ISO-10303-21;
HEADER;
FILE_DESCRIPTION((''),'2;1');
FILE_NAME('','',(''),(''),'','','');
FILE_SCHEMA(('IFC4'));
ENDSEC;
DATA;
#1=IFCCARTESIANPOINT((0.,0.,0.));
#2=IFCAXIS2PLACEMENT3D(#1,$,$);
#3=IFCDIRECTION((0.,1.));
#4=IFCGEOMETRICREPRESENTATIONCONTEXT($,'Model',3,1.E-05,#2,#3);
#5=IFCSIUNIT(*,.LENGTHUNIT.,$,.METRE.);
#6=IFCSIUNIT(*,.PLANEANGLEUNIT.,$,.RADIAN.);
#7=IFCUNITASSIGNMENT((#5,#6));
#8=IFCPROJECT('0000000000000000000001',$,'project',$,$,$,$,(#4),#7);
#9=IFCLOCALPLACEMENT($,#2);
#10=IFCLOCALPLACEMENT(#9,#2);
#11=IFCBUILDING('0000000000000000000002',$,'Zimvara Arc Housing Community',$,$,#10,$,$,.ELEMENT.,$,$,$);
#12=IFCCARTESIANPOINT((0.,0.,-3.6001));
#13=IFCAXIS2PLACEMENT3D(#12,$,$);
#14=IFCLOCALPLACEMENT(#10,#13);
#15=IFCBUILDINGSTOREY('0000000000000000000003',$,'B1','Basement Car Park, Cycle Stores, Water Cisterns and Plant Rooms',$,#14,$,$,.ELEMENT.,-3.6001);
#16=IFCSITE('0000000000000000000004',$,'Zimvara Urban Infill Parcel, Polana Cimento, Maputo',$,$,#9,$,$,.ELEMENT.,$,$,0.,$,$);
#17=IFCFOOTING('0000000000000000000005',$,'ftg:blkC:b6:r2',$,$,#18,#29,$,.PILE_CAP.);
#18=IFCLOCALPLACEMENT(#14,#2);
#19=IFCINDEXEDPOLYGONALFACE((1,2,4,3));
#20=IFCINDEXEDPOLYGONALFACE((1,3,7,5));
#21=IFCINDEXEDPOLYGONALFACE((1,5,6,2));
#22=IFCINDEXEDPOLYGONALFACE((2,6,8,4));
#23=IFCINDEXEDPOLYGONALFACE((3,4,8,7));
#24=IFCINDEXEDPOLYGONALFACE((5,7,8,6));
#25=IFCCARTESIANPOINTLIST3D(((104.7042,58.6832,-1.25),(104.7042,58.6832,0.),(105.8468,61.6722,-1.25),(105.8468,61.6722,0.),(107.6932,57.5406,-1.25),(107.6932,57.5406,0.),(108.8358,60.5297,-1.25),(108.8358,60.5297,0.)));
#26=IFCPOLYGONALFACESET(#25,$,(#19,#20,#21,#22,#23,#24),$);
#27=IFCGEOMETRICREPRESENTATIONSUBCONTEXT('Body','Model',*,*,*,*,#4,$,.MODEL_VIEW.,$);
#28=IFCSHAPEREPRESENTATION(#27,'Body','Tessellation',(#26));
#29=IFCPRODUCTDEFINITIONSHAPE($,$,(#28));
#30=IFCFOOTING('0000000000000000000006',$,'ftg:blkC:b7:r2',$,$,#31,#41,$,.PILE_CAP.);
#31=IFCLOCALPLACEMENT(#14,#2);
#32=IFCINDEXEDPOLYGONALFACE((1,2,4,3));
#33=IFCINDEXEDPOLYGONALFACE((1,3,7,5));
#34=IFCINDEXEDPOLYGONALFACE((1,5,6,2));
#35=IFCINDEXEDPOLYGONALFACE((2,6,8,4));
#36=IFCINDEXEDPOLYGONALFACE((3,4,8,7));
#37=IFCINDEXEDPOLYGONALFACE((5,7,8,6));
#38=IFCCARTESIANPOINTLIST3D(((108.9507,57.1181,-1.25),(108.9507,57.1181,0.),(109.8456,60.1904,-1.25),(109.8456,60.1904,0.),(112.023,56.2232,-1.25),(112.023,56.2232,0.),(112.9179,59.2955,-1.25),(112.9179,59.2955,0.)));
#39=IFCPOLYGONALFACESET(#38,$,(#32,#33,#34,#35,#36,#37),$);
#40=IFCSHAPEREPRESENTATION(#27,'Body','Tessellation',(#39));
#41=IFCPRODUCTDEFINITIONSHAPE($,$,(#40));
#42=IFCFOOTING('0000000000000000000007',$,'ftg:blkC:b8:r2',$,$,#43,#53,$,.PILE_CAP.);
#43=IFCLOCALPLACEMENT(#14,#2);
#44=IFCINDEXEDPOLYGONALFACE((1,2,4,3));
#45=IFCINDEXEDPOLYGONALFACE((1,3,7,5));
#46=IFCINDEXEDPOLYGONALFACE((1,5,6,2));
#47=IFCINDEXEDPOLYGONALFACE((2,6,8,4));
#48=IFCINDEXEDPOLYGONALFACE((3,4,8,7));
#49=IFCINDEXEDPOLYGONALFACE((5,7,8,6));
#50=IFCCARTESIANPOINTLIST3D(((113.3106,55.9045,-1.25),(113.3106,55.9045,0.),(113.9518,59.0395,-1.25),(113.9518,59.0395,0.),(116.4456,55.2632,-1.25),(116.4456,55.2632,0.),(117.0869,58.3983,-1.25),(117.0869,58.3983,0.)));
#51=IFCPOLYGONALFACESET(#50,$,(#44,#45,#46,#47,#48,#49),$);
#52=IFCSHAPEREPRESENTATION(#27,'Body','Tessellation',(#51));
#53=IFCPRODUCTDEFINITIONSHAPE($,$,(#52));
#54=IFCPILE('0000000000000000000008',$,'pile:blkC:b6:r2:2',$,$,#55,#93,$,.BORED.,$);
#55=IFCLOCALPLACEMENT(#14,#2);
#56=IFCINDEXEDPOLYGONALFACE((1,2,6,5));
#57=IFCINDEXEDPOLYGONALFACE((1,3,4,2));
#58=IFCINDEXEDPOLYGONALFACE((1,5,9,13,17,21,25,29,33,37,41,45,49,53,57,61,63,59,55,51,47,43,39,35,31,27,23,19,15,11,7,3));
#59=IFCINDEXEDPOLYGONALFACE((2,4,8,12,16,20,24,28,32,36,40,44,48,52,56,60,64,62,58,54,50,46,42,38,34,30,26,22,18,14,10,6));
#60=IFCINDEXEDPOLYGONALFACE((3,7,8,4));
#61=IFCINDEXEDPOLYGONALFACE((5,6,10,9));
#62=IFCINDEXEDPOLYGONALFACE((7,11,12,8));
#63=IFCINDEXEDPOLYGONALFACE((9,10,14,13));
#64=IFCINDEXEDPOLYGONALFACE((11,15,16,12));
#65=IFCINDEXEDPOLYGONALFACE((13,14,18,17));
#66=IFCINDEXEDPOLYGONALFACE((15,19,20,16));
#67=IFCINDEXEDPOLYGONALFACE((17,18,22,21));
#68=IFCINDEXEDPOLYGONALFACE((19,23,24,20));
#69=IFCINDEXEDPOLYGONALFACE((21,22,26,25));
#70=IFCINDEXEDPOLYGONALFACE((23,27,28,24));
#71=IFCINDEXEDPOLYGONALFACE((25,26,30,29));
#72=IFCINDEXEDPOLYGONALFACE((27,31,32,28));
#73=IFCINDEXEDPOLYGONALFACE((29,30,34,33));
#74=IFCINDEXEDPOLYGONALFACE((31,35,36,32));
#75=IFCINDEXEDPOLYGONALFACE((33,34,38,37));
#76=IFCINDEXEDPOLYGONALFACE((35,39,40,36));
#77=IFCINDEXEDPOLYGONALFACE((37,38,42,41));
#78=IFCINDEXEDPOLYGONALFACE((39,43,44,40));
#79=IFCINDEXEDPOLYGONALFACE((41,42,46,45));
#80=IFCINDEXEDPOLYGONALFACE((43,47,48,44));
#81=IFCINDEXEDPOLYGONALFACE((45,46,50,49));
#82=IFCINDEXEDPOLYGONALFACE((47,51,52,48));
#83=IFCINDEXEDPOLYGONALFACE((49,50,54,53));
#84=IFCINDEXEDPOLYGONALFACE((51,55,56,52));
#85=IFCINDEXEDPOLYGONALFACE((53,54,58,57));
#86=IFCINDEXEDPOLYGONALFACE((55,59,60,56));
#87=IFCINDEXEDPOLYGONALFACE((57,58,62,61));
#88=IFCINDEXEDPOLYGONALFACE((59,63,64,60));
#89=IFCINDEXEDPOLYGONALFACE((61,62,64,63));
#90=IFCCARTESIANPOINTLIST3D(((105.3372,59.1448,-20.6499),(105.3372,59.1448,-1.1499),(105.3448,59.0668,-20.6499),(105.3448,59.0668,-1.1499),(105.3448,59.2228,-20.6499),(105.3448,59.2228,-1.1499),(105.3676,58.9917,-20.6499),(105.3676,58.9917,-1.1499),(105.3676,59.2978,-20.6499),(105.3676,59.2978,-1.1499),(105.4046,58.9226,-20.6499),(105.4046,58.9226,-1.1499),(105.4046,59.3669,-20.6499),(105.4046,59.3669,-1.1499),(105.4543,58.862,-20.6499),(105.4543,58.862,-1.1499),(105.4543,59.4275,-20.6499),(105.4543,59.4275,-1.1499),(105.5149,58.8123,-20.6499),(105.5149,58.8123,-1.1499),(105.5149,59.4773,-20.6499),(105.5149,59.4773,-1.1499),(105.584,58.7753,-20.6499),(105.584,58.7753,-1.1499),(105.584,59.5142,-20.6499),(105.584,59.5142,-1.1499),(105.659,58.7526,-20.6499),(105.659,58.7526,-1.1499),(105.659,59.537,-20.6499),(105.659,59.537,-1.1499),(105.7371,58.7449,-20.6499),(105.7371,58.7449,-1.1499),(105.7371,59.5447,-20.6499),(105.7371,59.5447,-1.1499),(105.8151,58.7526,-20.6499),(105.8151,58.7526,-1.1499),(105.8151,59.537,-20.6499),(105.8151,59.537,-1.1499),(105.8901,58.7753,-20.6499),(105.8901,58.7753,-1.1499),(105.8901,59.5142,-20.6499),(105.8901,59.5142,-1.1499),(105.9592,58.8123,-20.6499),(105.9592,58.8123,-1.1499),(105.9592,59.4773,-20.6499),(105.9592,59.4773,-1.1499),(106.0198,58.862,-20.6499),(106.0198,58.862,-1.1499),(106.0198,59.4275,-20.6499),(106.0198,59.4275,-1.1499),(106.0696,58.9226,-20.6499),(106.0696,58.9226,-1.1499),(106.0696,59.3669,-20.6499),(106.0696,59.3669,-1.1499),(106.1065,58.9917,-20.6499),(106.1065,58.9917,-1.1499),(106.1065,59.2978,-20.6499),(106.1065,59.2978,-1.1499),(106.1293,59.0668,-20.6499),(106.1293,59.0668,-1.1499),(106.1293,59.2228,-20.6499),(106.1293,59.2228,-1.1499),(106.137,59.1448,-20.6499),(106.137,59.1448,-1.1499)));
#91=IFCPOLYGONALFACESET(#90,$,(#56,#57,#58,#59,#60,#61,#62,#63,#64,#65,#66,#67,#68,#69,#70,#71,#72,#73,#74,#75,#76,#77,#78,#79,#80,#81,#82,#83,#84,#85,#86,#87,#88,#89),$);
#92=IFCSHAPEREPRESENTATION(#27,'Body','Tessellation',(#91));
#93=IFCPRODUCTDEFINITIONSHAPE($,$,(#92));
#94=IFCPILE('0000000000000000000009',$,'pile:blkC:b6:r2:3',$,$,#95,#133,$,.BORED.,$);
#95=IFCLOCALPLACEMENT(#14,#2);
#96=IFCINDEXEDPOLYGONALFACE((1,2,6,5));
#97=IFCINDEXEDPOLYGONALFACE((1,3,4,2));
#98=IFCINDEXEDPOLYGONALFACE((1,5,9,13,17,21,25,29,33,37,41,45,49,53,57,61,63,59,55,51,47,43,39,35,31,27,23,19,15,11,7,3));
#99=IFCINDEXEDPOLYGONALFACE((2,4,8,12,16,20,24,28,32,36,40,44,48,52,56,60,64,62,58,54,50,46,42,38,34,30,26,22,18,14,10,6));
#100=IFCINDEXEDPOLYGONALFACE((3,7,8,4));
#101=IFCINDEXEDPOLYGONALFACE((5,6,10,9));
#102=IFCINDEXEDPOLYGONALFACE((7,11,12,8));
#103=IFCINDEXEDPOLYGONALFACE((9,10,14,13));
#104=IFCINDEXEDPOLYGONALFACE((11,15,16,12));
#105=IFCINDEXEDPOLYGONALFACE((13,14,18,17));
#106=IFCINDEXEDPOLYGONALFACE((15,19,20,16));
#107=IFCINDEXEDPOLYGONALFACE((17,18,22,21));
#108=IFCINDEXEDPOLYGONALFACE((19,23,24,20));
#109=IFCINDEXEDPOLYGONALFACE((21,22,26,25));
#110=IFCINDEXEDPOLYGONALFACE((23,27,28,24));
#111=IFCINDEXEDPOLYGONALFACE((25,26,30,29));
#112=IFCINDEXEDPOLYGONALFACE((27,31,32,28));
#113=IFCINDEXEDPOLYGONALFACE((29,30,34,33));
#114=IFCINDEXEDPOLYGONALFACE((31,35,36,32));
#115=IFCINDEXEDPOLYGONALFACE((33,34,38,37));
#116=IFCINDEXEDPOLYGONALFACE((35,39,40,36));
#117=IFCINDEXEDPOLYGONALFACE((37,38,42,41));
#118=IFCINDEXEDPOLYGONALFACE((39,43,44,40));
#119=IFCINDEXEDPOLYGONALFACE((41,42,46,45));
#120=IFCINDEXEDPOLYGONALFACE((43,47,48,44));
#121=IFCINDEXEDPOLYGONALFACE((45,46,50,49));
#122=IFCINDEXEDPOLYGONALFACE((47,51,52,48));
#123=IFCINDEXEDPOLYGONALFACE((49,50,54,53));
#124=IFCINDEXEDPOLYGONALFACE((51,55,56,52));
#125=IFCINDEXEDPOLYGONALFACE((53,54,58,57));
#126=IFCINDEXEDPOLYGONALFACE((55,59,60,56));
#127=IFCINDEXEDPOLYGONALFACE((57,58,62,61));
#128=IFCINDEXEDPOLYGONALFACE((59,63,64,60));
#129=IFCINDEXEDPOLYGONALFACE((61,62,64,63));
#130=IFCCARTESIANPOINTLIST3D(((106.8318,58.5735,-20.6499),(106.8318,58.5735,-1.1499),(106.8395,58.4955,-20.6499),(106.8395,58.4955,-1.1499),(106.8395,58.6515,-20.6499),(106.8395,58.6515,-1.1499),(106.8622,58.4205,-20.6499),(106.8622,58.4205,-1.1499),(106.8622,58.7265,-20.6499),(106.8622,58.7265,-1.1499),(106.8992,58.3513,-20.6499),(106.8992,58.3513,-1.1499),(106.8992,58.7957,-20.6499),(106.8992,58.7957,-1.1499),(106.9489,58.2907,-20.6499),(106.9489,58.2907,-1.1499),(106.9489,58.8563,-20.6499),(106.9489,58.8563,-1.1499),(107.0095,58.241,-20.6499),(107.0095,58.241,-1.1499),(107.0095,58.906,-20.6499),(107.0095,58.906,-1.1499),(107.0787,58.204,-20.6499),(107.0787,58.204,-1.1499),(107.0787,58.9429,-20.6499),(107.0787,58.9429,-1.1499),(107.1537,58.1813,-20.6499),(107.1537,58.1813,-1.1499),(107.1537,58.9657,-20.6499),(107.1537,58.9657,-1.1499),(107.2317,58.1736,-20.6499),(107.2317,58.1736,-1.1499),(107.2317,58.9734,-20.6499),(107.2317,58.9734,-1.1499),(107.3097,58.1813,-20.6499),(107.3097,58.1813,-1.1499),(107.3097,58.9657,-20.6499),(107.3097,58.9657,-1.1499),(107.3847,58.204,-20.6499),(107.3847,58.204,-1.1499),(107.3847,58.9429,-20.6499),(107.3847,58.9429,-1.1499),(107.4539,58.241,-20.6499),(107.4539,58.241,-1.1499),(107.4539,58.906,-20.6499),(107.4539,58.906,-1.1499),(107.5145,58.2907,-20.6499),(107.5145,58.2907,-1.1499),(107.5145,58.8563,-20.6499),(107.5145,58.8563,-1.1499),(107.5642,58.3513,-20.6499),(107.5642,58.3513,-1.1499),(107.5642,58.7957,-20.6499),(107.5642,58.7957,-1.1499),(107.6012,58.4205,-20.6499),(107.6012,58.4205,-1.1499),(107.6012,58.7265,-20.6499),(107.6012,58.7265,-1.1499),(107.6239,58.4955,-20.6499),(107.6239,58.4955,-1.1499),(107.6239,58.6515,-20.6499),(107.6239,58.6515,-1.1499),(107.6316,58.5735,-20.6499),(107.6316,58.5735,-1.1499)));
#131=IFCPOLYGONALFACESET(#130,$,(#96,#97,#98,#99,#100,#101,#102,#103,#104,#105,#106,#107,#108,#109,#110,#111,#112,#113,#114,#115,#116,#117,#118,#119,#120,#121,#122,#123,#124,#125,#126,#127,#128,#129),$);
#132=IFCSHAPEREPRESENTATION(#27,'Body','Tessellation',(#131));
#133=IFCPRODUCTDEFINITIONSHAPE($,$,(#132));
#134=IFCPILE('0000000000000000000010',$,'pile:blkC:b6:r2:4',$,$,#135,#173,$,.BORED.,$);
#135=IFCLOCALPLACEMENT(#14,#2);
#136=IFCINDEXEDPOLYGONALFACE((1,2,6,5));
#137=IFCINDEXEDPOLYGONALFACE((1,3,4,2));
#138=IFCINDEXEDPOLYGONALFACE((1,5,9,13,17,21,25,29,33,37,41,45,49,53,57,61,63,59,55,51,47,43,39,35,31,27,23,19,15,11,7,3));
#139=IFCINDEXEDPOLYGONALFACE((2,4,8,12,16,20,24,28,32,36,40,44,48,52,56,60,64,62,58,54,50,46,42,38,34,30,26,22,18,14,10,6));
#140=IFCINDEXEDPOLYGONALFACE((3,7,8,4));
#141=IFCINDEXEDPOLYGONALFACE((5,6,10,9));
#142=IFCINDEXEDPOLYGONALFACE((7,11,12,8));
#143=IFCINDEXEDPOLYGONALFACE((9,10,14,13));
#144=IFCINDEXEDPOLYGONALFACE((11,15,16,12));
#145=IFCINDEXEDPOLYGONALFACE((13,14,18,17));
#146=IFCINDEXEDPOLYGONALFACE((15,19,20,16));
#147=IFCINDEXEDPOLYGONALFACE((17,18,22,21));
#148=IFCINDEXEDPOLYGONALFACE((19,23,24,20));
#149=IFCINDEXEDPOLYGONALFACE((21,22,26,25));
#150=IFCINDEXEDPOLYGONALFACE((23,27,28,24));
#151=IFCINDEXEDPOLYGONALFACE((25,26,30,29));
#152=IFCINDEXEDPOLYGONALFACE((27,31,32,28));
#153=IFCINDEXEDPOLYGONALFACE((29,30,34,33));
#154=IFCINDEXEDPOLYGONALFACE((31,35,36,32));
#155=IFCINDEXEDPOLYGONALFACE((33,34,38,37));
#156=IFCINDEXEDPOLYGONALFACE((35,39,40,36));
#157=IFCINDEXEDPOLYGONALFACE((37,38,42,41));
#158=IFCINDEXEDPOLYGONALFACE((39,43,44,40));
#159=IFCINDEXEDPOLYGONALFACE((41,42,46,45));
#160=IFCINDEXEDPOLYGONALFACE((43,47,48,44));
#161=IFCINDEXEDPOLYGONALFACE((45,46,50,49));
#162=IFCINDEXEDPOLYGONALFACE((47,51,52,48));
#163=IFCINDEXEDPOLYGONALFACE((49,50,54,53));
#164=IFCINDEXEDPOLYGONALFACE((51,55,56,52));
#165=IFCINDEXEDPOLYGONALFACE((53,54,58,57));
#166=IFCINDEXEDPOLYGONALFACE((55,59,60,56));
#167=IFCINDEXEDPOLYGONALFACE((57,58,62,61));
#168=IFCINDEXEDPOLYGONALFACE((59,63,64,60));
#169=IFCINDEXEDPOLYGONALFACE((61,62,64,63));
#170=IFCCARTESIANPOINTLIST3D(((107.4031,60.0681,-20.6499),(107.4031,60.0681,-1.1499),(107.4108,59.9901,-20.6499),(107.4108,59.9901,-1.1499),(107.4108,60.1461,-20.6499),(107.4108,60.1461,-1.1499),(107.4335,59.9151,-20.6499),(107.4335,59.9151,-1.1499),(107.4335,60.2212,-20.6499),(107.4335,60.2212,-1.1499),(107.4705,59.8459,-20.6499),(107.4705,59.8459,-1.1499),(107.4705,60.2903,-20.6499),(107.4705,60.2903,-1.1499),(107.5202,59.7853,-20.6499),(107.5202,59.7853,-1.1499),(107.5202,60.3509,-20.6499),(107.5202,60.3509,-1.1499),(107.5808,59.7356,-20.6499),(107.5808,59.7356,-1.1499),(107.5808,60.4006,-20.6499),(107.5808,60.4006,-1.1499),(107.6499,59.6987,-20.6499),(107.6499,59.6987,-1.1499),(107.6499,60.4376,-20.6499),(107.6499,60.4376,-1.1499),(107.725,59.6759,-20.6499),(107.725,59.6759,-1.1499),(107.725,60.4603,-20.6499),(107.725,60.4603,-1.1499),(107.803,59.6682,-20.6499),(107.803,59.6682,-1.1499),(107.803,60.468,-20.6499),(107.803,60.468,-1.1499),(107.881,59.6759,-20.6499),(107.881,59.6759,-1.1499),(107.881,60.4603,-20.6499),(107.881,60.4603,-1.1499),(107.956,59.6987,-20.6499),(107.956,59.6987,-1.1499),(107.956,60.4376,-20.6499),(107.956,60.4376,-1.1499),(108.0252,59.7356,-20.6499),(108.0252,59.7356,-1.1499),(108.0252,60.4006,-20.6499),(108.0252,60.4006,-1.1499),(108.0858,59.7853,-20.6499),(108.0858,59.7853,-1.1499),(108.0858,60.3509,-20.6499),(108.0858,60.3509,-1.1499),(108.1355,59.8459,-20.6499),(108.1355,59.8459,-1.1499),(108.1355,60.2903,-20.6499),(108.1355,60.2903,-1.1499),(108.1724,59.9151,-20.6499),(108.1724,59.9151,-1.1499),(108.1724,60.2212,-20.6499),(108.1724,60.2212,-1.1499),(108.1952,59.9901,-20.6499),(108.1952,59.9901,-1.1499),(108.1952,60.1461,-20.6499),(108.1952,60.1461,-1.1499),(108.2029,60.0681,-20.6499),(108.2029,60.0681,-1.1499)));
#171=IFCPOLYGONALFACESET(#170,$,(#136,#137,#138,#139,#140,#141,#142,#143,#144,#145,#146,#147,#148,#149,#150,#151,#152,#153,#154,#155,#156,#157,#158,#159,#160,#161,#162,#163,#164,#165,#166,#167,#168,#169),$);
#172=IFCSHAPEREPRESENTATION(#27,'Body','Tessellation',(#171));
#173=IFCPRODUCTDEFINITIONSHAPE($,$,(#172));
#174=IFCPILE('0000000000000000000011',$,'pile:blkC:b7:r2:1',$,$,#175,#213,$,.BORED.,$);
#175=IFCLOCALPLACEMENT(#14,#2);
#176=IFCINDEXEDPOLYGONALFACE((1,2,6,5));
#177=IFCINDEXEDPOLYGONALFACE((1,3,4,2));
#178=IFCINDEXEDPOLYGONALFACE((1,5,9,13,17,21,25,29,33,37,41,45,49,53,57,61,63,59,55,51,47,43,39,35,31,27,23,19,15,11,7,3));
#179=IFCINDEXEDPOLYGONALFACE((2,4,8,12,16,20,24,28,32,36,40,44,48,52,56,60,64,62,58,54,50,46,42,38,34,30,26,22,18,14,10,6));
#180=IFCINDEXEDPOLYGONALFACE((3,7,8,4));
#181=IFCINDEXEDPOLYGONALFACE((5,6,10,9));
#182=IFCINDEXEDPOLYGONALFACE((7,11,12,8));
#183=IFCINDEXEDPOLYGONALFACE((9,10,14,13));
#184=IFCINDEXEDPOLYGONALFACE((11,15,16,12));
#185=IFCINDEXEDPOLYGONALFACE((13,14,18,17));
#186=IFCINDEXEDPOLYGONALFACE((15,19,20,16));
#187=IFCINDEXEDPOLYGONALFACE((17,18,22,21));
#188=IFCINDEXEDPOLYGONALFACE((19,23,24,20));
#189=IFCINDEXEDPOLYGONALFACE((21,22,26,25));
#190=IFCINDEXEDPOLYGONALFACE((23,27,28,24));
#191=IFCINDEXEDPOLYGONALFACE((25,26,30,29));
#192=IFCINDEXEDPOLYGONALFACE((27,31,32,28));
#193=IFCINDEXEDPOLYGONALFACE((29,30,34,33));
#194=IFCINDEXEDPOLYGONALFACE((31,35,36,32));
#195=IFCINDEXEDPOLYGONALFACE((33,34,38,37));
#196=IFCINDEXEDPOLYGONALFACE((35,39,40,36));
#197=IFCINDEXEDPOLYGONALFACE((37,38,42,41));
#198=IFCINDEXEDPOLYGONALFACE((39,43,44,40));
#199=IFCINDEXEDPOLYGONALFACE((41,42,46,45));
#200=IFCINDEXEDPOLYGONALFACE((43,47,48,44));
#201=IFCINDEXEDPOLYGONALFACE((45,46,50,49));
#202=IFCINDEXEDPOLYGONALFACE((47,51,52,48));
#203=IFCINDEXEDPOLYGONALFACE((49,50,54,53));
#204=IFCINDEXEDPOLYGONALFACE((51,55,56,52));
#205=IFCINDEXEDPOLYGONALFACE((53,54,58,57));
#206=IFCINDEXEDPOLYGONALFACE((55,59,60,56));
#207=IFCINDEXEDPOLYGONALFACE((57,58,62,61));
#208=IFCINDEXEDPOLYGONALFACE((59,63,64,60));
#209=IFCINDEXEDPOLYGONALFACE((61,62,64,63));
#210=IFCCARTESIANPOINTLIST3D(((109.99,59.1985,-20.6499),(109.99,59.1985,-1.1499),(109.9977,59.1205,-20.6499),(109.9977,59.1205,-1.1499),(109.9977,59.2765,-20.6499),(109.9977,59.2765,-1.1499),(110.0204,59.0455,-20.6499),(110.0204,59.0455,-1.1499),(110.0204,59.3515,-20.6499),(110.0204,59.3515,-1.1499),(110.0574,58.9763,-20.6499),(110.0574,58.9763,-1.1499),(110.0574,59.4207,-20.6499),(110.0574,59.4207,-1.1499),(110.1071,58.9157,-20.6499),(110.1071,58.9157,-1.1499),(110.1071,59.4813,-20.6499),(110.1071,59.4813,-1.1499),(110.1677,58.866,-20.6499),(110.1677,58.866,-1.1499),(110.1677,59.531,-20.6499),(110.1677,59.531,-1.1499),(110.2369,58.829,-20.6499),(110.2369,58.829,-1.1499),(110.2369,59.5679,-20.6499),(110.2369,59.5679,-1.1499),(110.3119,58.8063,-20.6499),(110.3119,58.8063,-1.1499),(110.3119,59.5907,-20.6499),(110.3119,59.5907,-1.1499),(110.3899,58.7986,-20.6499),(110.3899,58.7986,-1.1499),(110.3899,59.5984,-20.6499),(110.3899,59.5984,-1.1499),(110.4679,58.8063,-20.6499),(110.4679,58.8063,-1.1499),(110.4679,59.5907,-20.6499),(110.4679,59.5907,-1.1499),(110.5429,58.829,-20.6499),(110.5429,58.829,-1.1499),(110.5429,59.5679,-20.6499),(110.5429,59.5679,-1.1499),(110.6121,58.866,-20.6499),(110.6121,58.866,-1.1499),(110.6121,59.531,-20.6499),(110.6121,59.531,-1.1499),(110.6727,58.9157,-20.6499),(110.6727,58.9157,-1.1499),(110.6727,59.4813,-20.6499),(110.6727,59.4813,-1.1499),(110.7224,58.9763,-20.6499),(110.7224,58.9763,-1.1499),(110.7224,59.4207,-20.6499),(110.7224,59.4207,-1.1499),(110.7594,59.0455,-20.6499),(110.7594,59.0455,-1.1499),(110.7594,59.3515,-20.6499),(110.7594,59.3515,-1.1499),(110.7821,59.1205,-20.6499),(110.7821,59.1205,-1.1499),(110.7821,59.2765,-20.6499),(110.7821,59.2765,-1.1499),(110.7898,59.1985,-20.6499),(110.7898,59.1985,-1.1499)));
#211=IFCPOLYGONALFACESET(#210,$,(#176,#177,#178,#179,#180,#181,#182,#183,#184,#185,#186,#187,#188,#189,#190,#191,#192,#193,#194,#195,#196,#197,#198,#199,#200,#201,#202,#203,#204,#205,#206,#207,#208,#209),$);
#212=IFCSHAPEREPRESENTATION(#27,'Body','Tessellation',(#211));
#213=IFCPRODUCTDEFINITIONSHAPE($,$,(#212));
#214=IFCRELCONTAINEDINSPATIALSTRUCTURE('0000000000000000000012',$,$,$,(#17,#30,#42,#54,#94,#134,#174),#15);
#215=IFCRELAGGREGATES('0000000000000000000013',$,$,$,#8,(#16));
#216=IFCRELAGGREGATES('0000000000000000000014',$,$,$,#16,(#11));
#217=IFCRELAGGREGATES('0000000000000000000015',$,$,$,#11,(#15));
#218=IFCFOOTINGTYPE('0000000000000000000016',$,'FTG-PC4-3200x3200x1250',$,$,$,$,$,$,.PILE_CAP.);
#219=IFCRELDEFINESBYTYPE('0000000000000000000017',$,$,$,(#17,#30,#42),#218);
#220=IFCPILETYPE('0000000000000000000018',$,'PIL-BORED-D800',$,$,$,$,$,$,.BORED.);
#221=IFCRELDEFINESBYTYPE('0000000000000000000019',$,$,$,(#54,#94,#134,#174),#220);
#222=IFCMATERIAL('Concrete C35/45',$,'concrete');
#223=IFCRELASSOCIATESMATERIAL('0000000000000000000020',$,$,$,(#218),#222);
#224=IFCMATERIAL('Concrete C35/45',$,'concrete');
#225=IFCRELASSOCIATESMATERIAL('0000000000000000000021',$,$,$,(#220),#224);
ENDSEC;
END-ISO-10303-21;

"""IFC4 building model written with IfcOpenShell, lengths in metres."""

from ifc_helpers import new_model, si_unit, direction, frame, origin, origin_2d, place, context, subcontext, project, spatial, rectangle, circle, extrude, material, material_profile, profile_set, type_object, element, save


model = new_model("IFC4")

# Units and contexts
model_context = context("Model", 3, precision=1e-05, world=origin(), true_north=direction((0.0, 1.0)))
body_context = subcontext(model_context, "Body", "Model", "MODEL_VIEW")
ifc_project = project(units=[si_unit("LENGTHUNIT", "METRE"), si_unit("PLANEANGLEUNIT", "RADIAN")], contexts=[model_context])

# Site, building, storey
site_placement = place(None, origin())
site = spatial("IfcSite", under=ifc_project, at=site_placement, Name="Zimvara Urban Infill Parcel, Polana Cimento, Maputo", CompositionType="ELEMENT", RefElevation=0.0)
building_placement = place(site_placement, origin())
building = spatial("IfcBuilding", under=site, at=building_placement, Name="Zimvara Arc Housing Community", CompositionType="ELEMENT")
storey_placement = place(building_placement, frame((0.0, 0.0, -3.6001)))
storey = spatial("IfcBuildingStorey", under=building, at=storey_placement, Name="B1", Description="Basement Car Park, Cycle Stores, Water Cisterns and Plant Rooms", CompositionType="ELEMENT", Elevation=-3.6001)

# Footings
ifc_material_1 = material(Name="Concrete C35/45", Category="concrete")
footing_type = type_object("IfcFootingType", Name="FTG-PC4-3200x3200x1250", PredefinedType="PILE_CAP", material=ifc_material_1)
for number, where, z_axis, x_axis, name in (
    (1, (106.77, 59.6064, -1.25), (0.0, 0.0, 1.0), (-0.357064, -0.93408, 0.0), "ftg:blkC:b6:r2"),
    (2, (110.9343, 58.2068, -1.25), (0.0, 0.0, 1.0), (-0.279661, -0.960099, 0.0), "ftg:blkC:b7:r2"),
    (3, (115.1987, 57.1514, -1.25), (0.0, 0.0, 1.0), (-0.200394, -0.979715, 0.0), "ftg:blkC:b8:r2"),
):
    element("IfcFooting", number, at=place(storey_placement, frame(where, z_axis=z_axis, x_axis=x_axis)), inside=storey, type_object=footing_type, Name=name, PredefinedType="PILE_CAP", context=body_context, shape_type="SweptSolid", body=[
        extrude(rectangle(XDim=3.2, YDim=3.2, at=origin_2d()), origin(), (0.0, 0.0, 1.0), 1.25),
    ])

# Piles
ifc_material_2 = material(Name="Concrete C35/45", Category="concrete")
ifc_material_profile_1 = material_profile(ifc_material_2, circle(Radius=0.3999, at=origin_2d()), Name="PILE D800")
ifc_profile_set_1 = profile_set([ifc_material_profile_1], Name="Concrete C35/45")
pile_type = type_object("IfcPileType", Name="PIL-BORED-D800", PredefinedType="BORED", material=ifc_profile_set_1)
for number, where, z_axis, x_axis, name in (
    (4, (105.7371, 59.1448, -1.1499), (0.0, 0.0, -1.0), (1.0, 0.0, 0.0), "pile:blkC:b6:r2:2"),
    (5, (107.2317, 58.5735, -1.1499), (0.0, 0.0, -1.0), (1.0, 0.0, 0.0), "pile:blkC:b6:r2:3"),
    (6, (107.803, 60.0681, -1.1499), (0.0, 0.0, -1.0), (1.0, 0.0, 0.0), "pile:blkC:b6:r2:4"),
    (7, (110.3899, 59.1985, -1.1499), (0.0, 0.0, -1.0), (1.0, 0.0, 0.0), "pile:blkC:b7:r2:1"),
):
    element("IfcPile", number, at=place(storey_placement, frame(where, z_axis=z_axis, x_axis=x_axis)), inside=storey, type_object=pile_type, Name=name, PredefinedType="BORED", context=body_context, shape_type="SweptSolid", body=[
        extrude(circle(Radius=0.3999, at=origin_2d()), origin(), (0.0, 0.0, 1.0), 19.5),
    ])

save(model, "model.ifc")
